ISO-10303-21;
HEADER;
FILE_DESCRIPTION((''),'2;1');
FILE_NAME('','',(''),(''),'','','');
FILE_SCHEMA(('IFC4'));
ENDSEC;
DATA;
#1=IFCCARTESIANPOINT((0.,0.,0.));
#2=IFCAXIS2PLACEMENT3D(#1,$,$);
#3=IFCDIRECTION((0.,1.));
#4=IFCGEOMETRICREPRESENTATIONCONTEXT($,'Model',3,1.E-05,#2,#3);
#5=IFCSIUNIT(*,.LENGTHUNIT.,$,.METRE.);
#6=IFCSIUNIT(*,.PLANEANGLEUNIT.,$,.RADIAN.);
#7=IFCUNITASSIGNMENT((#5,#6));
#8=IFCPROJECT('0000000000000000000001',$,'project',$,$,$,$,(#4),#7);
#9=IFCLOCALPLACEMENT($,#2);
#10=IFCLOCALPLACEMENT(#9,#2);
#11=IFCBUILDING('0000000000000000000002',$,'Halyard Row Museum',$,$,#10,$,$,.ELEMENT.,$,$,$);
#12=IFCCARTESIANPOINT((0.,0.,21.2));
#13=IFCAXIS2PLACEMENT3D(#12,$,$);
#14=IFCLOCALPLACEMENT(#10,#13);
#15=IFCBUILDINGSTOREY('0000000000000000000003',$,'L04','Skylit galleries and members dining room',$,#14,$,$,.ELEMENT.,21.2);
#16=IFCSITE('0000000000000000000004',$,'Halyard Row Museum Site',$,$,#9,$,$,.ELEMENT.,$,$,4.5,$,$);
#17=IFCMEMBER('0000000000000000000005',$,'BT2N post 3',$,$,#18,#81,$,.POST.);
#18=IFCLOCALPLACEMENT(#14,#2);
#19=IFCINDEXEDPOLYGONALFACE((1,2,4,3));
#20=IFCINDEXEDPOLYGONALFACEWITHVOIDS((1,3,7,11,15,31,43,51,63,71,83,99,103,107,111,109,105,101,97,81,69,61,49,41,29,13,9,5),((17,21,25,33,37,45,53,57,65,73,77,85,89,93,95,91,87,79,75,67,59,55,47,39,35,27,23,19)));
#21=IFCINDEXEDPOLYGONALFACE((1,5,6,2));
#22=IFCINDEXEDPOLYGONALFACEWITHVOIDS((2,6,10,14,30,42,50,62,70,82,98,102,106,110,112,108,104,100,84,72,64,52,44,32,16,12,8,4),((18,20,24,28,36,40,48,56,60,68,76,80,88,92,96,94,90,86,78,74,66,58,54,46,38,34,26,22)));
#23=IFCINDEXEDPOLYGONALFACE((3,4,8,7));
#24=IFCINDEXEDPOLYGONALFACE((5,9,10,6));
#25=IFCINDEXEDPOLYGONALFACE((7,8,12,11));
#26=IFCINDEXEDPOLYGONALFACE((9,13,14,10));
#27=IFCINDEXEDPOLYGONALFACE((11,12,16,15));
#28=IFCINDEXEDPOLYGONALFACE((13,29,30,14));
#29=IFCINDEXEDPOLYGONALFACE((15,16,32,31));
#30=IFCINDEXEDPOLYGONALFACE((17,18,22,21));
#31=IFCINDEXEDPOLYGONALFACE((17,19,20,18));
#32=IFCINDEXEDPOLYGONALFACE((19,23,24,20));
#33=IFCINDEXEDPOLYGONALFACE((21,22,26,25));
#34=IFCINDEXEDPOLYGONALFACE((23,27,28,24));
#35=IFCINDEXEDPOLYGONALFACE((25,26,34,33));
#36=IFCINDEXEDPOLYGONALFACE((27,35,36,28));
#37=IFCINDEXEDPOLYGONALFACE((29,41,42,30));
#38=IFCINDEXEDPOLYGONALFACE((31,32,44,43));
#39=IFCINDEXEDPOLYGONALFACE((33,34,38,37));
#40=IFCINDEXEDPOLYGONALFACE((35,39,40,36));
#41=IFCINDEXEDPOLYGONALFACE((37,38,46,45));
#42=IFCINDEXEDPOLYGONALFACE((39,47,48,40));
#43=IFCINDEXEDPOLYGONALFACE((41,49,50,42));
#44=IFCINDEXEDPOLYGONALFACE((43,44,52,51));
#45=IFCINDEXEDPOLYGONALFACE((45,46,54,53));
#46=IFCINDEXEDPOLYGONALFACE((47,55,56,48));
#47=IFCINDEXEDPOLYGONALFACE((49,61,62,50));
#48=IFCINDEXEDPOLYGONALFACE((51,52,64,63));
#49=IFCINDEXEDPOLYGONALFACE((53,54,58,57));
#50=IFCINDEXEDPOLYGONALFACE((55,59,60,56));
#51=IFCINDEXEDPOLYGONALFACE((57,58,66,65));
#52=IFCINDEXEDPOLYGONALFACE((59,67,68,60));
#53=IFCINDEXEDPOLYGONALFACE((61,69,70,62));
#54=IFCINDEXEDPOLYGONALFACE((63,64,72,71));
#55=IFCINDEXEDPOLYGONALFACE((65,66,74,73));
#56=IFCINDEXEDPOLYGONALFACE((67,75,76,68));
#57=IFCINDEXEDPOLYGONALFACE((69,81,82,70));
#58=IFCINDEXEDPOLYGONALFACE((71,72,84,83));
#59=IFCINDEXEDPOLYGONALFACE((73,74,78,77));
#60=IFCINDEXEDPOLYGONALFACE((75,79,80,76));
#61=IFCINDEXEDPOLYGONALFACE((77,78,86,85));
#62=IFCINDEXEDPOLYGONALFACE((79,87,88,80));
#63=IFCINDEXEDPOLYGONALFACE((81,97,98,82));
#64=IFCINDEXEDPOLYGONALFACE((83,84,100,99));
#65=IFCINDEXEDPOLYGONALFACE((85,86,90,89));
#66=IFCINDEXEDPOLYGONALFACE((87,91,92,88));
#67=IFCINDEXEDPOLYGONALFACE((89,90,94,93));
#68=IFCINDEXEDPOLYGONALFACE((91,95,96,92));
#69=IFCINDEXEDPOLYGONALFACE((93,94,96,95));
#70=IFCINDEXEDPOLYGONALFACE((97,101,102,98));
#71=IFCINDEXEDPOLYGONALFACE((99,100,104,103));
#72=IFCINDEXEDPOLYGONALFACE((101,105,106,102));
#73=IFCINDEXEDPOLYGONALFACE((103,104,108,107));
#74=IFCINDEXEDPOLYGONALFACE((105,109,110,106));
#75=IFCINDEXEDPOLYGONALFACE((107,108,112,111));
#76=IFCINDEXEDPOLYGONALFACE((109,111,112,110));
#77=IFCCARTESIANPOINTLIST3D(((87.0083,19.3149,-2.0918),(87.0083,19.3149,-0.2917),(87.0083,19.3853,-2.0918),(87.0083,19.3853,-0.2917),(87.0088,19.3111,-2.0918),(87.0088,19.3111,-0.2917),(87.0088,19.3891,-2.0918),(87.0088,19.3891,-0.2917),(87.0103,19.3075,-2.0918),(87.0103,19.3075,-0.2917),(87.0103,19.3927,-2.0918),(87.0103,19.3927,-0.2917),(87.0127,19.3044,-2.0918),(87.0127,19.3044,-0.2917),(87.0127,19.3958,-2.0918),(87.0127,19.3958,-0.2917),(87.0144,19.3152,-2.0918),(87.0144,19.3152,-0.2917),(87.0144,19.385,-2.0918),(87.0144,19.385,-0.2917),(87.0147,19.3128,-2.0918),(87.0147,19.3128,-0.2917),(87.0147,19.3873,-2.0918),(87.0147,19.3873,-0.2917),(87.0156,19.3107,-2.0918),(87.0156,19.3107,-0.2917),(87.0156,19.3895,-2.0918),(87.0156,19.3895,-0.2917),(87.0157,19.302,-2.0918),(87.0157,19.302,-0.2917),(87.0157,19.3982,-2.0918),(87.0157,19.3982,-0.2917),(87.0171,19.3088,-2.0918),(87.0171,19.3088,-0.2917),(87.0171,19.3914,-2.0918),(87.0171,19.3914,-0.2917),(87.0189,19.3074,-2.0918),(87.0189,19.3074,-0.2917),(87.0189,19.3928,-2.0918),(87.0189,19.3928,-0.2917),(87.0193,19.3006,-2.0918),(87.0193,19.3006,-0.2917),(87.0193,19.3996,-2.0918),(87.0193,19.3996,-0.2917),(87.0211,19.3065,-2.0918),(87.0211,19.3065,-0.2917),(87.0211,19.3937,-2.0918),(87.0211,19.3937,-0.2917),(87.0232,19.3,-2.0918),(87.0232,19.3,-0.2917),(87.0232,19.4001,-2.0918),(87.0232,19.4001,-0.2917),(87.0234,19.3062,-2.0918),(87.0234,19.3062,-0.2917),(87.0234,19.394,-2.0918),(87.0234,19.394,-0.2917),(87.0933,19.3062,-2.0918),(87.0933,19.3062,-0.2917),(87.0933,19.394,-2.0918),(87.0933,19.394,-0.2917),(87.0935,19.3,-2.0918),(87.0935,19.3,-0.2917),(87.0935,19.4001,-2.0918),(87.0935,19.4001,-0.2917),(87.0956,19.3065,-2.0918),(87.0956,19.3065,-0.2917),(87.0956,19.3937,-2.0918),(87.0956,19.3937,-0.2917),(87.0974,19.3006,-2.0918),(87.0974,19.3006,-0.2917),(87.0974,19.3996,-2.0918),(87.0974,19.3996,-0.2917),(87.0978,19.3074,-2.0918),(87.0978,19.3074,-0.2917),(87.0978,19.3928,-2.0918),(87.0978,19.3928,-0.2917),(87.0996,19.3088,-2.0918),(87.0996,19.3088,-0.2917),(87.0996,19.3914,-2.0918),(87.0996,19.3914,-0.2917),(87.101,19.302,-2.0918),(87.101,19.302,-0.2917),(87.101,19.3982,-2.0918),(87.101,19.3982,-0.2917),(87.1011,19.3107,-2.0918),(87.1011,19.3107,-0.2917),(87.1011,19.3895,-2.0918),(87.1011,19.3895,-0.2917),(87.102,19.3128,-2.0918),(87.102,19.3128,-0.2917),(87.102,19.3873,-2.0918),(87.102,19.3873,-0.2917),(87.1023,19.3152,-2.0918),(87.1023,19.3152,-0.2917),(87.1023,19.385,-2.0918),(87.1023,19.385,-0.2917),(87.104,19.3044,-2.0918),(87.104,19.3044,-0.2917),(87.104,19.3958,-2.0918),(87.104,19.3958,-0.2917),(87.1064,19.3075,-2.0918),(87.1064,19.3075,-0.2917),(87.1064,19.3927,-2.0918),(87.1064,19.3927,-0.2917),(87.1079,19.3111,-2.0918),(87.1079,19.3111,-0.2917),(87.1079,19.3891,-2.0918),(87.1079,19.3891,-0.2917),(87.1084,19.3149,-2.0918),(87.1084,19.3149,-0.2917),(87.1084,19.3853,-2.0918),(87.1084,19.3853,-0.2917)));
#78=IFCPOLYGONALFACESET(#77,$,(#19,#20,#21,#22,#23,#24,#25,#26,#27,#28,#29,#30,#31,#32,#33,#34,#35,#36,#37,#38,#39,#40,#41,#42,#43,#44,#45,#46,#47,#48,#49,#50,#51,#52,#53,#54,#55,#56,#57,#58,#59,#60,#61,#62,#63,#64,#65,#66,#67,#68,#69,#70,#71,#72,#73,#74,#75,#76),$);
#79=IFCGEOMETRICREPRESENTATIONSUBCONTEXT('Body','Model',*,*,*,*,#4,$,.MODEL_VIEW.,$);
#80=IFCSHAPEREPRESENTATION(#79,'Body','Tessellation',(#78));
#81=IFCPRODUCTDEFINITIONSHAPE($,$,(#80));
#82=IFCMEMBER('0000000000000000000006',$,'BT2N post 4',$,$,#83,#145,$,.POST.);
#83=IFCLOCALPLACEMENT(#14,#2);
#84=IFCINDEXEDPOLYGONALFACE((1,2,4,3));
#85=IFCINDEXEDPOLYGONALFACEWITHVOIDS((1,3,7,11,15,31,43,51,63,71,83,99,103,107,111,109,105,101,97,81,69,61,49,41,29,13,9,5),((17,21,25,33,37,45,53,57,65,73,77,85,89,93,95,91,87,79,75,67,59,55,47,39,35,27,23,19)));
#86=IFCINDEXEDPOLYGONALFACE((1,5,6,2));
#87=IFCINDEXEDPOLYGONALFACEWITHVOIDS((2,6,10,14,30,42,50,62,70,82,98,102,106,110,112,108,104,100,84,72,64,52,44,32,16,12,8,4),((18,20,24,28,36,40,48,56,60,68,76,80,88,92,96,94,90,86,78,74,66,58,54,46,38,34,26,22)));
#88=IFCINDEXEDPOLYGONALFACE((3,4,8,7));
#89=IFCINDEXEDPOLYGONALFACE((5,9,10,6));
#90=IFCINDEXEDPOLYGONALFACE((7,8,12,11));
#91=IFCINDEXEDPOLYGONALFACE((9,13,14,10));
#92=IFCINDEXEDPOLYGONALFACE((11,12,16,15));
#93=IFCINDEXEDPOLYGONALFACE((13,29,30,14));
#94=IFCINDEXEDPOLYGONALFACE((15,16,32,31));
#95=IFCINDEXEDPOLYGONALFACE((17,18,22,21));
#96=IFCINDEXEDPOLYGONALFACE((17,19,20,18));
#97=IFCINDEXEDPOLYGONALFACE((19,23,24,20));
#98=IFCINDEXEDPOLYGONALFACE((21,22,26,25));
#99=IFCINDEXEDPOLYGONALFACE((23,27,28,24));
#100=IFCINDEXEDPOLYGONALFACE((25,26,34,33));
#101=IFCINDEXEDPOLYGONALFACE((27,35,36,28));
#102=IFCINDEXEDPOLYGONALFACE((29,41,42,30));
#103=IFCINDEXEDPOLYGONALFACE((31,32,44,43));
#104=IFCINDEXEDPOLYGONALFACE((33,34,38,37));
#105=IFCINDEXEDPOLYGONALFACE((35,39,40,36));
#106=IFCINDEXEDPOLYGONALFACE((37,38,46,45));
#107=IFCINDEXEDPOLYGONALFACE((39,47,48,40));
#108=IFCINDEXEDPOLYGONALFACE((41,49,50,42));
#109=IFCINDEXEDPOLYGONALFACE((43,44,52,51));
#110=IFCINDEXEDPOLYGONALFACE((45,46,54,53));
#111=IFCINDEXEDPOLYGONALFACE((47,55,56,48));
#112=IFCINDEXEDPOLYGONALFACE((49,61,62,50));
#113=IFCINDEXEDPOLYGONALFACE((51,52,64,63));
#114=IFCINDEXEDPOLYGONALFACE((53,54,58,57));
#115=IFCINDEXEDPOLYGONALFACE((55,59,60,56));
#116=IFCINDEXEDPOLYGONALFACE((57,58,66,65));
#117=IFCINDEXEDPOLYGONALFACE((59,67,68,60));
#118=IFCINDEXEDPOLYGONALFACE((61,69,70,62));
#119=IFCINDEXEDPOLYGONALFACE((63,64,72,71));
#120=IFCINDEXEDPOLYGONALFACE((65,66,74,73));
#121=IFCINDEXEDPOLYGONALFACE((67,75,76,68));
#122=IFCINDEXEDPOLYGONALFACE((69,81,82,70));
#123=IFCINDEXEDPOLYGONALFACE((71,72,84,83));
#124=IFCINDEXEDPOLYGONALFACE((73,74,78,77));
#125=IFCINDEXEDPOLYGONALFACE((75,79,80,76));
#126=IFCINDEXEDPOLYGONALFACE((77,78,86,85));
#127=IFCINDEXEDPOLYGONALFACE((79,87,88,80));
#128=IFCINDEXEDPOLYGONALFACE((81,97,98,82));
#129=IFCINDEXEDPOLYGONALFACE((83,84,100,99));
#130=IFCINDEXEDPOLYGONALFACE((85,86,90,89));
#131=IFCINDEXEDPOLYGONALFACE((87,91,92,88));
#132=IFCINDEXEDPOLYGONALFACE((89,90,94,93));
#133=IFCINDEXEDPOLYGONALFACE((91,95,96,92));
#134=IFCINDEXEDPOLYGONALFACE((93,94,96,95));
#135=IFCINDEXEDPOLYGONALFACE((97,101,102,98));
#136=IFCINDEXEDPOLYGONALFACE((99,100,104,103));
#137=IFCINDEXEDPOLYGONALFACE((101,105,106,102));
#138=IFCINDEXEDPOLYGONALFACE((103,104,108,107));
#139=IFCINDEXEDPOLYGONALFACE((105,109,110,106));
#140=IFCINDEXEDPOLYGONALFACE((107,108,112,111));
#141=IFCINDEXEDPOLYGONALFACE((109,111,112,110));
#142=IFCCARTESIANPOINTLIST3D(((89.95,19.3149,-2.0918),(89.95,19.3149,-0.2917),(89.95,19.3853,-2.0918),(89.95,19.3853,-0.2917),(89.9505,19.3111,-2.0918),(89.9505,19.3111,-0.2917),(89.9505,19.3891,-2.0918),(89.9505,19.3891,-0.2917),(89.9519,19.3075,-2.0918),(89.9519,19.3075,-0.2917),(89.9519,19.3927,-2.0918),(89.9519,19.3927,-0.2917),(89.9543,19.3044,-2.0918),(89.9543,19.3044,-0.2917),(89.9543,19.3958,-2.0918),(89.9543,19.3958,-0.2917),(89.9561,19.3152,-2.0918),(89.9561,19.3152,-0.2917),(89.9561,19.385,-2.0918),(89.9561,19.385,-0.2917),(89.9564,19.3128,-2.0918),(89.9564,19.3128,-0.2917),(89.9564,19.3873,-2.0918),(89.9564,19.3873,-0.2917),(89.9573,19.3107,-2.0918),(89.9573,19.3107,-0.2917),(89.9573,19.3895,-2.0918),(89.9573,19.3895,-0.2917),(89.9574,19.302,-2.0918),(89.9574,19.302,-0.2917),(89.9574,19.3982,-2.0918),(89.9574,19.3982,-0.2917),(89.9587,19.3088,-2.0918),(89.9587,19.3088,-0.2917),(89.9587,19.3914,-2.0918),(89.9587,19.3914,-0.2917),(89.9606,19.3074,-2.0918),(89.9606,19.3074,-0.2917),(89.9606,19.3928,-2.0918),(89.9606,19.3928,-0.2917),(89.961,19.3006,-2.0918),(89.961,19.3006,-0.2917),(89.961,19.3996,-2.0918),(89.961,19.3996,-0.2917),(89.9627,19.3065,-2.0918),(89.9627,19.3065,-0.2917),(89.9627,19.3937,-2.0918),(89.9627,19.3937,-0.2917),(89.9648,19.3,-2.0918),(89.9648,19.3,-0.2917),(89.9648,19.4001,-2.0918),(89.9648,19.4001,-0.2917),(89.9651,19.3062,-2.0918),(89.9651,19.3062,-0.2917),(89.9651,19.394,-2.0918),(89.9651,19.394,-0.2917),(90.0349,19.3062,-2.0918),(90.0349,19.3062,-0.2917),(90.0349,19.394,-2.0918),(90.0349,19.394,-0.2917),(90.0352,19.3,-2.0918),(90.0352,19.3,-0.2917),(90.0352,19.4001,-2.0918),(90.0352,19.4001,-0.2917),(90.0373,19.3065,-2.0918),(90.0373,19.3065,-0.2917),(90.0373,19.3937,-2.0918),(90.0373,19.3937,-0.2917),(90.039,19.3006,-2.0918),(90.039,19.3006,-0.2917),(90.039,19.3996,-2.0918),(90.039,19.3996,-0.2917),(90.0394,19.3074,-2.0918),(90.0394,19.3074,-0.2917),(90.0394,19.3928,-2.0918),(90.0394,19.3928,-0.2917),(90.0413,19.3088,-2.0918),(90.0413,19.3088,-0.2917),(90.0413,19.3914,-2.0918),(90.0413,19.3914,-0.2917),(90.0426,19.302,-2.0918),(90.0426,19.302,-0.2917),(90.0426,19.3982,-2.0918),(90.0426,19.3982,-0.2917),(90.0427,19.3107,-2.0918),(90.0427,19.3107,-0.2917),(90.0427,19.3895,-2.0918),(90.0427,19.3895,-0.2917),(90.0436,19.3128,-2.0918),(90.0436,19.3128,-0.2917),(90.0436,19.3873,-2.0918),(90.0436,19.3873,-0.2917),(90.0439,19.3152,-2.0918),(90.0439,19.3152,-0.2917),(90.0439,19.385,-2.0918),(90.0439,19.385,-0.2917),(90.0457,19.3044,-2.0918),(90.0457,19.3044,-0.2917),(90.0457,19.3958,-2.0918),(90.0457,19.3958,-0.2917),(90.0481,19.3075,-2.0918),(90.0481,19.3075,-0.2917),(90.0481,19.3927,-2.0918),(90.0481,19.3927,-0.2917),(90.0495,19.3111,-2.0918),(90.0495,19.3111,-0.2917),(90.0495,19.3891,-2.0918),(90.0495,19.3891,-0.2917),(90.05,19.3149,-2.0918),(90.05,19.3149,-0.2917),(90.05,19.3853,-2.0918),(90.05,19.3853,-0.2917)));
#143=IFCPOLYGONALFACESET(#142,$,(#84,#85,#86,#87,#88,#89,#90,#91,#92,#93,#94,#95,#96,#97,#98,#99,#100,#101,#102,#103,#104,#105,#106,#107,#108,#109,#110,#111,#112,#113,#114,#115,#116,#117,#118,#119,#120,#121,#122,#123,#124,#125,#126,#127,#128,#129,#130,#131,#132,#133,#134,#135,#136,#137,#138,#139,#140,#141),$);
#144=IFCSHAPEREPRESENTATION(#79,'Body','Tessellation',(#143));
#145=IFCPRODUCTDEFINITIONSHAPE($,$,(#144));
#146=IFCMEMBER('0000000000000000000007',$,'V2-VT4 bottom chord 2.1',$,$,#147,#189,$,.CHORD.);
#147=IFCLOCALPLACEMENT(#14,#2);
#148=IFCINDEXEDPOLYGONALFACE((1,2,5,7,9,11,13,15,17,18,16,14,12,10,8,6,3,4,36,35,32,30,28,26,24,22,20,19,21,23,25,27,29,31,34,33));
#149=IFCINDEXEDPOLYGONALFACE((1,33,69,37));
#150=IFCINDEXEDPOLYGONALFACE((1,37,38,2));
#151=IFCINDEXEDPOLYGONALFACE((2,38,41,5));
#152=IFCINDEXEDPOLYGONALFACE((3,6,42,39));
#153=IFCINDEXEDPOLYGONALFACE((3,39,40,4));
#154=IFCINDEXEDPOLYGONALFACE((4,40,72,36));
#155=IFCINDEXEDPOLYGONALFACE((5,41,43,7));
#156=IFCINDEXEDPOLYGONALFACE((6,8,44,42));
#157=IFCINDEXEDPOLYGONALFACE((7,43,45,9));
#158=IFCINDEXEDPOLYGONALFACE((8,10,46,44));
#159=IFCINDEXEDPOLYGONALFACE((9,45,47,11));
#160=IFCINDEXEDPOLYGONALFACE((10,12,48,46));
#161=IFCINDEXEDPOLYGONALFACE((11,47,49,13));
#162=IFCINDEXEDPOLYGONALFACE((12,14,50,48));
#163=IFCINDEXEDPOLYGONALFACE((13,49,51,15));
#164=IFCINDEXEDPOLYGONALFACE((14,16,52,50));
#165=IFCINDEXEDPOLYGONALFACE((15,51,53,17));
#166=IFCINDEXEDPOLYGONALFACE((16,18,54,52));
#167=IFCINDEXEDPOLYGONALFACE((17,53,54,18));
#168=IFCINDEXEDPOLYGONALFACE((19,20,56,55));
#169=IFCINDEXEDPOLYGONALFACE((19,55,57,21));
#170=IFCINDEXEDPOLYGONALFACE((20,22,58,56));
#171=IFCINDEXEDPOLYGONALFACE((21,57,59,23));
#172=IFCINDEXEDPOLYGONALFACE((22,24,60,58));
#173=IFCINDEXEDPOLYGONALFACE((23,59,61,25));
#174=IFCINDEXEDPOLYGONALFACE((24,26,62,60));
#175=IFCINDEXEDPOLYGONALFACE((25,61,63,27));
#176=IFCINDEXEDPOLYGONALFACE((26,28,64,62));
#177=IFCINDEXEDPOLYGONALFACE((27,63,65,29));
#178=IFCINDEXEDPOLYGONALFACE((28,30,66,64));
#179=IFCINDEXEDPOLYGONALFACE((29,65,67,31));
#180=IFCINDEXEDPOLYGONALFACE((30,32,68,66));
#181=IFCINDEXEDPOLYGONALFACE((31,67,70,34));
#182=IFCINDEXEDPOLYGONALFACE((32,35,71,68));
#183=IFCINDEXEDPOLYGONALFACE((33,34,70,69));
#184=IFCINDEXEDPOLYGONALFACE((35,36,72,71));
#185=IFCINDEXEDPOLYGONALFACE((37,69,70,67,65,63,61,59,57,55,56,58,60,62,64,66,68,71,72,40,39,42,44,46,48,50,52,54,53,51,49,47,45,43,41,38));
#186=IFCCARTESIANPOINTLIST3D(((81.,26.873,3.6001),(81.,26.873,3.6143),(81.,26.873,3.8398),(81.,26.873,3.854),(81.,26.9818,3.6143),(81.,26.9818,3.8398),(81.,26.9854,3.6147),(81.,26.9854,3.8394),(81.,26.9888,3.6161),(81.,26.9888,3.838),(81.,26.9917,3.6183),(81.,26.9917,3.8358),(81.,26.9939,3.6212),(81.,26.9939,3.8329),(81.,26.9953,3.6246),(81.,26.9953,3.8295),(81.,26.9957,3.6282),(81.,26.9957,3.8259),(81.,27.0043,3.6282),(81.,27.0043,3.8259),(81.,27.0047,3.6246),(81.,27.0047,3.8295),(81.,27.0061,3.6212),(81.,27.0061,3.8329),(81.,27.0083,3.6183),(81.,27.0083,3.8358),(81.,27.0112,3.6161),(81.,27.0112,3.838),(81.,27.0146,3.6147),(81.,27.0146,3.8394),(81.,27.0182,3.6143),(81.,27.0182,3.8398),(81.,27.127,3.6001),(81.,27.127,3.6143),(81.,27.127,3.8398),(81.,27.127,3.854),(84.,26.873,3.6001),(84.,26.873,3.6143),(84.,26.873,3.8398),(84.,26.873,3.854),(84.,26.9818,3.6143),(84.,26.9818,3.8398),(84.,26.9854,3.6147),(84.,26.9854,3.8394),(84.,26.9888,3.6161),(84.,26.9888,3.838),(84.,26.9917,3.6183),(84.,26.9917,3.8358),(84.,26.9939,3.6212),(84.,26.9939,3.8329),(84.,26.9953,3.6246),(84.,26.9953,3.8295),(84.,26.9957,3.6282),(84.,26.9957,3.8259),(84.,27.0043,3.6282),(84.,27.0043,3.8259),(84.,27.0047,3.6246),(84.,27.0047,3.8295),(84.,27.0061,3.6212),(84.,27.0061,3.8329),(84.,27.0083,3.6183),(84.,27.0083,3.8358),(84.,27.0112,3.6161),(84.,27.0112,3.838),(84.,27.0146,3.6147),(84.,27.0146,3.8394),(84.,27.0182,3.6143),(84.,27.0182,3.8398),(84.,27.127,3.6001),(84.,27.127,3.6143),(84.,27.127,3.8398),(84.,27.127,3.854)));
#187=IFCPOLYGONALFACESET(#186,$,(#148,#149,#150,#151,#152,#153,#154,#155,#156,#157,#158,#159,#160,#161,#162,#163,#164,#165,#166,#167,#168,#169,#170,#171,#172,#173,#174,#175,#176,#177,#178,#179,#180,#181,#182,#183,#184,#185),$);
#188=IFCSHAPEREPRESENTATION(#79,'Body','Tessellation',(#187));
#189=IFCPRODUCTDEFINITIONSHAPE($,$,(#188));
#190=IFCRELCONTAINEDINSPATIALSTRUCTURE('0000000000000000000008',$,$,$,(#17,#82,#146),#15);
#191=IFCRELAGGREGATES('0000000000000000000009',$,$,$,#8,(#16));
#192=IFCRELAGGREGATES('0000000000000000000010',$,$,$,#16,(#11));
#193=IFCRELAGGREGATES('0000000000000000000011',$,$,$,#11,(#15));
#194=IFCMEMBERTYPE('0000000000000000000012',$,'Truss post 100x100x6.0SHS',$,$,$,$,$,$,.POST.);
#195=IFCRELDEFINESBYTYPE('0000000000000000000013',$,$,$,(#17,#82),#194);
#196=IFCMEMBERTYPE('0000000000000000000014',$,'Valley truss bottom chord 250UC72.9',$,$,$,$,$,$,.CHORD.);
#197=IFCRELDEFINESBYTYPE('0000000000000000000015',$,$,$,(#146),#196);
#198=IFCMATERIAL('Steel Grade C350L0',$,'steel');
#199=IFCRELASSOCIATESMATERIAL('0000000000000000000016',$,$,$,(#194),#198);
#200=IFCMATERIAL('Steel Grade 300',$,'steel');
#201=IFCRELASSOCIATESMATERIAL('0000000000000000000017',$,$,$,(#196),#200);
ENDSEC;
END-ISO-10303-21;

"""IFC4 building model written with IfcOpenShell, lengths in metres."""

from ifc_helpers import new_model, si_unit, direction, frame, origin, origin_2d, place, context, subcontext, project, spatial, hollow_rectangle, i_section, extrude, material, material_profile, profile_set, type_object, element, save


model = new_model("IFC4")

# Units and contexts
model_context = context("Model", 3, precision=1e-05, world=origin(), true_north=direction((0.0, 1.0)))
body_context = subcontext(model_context, "Body", "Model", "MODEL_VIEW")
ifc_project = project(units=[si_unit("LENGTHUNIT", "METRE"), si_unit("PLANEANGLEUNIT", "RADIAN")], contexts=[model_context])

# Site, building, storey
site_placement = place(None, origin())
site = spatial("IfcSite", under=ifc_project, at=site_placement, Name="Halyard Row Museum Site", CompositionType="ELEMENT", RefElevation=4.5)
building_placement = place(site_placement, origin())
building = spatial("IfcBuilding", under=site, at=building_placement, Name="Halyard Row Museum", CompositionType="ELEMENT")
storey_placement = place(building_placement, frame((0.0, 0.0, 21.2)))
storey = spatial("IfcBuildingStorey", under=building, at=storey_placement, Name="L04", Description="Skylit galleries and members dining room", CompositionType="ELEMENT", Elevation=21.2)

# Members
ifc_material_1 = material(Name="Steel Grade C350L0", Category="steel")
ifc_material_profile_1 = material_profile(ifc_material_1, hollow_rectangle(XDim=0.1001, YDim=0.1001, WallThickness=0.0061, InnerFilletRadius=0.009, OuterFilletRadius=0.0149, at=origin_2d()), Name="100x100x6.0SHS")
ifc_profile_set_1 = profile_set([ifc_material_profile_1], Name="Steel Grade C350L0")
member_type_1 = type_object("IfcMemberType", Name="Truss post 100x100x6.0SHS", PredefinedType="POST", material=ifc_profile_set_1)
for number, where, z_axis, x_axis, name in (
    (1, (87.0583, 19.3501, -2.0918), (0.0, 0.0, 1.0), (1.0, 0.0, 0.0), "BT2N post 3"),
    (2, (90.0, 19.3501, -2.0918), (0.0, 0.0, 1.0), (1.0, 0.0, 0.0), "BT2N post 4"),
):
    element("IfcMember", number, at=place(storey_placement, frame(where, z_axis=z_axis, x_axis=x_axis)), inside=storey, type_object=member_type_1, Name=name, PredefinedType="POST", context=body_context, shape_type="SweptSolid", body=[
        extrude(hollow_rectangle(XDim=0.1001, YDim=0.1001, WallThickness=0.0061, InnerFilletRadius=0.009, OuterFilletRadius=0.0149, at=origin_2d()), origin(), (0.0, 0.0, 1.0), 1.8),
    ])
ifc_material_2 = material(Name="Steel Grade 300", Category="steel")
ifc_material_profile_2 = material_profile(ifc_material_2, i_section(OverallWidth=0.2539, OverallDepth=0.2539, WebThickness=0.0085, FlangeThickness=0.0142, FilletRadius=0.0139, at=origin_2d()), Name="250UC72.9")
ifc_profile_set_2 = profile_set([ifc_material_profile_2], Name="Steel Grade 300")
member_type_2 = type_object("IfcMemberType", Name="Valley truss bottom chord 250UC72.9", PredefinedType="CHORD", material=ifc_profile_set_2)
member_1_placement = place(storey_placement, frame((81.0, 27.0, 3.7271), z_axis=(1.0, 0.0, 0.0), x_axis=(0.0, 1.0, 0.0)))
element("IfcMember", 3, at=member_1_placement, inside=storey, type_object=member_type_2, Name="V2-VT4 bottom chord 2.1", PredefinedType="CHORD", context=body_context, shape_type="SweptSolid", body=[
    extrude(i_section(OverallWidth=0.2539, OverallDepth=0.2539, WebThickness=0.0085, FlangeThickness=0.0142, FilletRadius=0.0139, at=origin_2d()), origin(), (0.0, 0.0, 1.0), 3.0),
])

save(model, "model.ifc")
